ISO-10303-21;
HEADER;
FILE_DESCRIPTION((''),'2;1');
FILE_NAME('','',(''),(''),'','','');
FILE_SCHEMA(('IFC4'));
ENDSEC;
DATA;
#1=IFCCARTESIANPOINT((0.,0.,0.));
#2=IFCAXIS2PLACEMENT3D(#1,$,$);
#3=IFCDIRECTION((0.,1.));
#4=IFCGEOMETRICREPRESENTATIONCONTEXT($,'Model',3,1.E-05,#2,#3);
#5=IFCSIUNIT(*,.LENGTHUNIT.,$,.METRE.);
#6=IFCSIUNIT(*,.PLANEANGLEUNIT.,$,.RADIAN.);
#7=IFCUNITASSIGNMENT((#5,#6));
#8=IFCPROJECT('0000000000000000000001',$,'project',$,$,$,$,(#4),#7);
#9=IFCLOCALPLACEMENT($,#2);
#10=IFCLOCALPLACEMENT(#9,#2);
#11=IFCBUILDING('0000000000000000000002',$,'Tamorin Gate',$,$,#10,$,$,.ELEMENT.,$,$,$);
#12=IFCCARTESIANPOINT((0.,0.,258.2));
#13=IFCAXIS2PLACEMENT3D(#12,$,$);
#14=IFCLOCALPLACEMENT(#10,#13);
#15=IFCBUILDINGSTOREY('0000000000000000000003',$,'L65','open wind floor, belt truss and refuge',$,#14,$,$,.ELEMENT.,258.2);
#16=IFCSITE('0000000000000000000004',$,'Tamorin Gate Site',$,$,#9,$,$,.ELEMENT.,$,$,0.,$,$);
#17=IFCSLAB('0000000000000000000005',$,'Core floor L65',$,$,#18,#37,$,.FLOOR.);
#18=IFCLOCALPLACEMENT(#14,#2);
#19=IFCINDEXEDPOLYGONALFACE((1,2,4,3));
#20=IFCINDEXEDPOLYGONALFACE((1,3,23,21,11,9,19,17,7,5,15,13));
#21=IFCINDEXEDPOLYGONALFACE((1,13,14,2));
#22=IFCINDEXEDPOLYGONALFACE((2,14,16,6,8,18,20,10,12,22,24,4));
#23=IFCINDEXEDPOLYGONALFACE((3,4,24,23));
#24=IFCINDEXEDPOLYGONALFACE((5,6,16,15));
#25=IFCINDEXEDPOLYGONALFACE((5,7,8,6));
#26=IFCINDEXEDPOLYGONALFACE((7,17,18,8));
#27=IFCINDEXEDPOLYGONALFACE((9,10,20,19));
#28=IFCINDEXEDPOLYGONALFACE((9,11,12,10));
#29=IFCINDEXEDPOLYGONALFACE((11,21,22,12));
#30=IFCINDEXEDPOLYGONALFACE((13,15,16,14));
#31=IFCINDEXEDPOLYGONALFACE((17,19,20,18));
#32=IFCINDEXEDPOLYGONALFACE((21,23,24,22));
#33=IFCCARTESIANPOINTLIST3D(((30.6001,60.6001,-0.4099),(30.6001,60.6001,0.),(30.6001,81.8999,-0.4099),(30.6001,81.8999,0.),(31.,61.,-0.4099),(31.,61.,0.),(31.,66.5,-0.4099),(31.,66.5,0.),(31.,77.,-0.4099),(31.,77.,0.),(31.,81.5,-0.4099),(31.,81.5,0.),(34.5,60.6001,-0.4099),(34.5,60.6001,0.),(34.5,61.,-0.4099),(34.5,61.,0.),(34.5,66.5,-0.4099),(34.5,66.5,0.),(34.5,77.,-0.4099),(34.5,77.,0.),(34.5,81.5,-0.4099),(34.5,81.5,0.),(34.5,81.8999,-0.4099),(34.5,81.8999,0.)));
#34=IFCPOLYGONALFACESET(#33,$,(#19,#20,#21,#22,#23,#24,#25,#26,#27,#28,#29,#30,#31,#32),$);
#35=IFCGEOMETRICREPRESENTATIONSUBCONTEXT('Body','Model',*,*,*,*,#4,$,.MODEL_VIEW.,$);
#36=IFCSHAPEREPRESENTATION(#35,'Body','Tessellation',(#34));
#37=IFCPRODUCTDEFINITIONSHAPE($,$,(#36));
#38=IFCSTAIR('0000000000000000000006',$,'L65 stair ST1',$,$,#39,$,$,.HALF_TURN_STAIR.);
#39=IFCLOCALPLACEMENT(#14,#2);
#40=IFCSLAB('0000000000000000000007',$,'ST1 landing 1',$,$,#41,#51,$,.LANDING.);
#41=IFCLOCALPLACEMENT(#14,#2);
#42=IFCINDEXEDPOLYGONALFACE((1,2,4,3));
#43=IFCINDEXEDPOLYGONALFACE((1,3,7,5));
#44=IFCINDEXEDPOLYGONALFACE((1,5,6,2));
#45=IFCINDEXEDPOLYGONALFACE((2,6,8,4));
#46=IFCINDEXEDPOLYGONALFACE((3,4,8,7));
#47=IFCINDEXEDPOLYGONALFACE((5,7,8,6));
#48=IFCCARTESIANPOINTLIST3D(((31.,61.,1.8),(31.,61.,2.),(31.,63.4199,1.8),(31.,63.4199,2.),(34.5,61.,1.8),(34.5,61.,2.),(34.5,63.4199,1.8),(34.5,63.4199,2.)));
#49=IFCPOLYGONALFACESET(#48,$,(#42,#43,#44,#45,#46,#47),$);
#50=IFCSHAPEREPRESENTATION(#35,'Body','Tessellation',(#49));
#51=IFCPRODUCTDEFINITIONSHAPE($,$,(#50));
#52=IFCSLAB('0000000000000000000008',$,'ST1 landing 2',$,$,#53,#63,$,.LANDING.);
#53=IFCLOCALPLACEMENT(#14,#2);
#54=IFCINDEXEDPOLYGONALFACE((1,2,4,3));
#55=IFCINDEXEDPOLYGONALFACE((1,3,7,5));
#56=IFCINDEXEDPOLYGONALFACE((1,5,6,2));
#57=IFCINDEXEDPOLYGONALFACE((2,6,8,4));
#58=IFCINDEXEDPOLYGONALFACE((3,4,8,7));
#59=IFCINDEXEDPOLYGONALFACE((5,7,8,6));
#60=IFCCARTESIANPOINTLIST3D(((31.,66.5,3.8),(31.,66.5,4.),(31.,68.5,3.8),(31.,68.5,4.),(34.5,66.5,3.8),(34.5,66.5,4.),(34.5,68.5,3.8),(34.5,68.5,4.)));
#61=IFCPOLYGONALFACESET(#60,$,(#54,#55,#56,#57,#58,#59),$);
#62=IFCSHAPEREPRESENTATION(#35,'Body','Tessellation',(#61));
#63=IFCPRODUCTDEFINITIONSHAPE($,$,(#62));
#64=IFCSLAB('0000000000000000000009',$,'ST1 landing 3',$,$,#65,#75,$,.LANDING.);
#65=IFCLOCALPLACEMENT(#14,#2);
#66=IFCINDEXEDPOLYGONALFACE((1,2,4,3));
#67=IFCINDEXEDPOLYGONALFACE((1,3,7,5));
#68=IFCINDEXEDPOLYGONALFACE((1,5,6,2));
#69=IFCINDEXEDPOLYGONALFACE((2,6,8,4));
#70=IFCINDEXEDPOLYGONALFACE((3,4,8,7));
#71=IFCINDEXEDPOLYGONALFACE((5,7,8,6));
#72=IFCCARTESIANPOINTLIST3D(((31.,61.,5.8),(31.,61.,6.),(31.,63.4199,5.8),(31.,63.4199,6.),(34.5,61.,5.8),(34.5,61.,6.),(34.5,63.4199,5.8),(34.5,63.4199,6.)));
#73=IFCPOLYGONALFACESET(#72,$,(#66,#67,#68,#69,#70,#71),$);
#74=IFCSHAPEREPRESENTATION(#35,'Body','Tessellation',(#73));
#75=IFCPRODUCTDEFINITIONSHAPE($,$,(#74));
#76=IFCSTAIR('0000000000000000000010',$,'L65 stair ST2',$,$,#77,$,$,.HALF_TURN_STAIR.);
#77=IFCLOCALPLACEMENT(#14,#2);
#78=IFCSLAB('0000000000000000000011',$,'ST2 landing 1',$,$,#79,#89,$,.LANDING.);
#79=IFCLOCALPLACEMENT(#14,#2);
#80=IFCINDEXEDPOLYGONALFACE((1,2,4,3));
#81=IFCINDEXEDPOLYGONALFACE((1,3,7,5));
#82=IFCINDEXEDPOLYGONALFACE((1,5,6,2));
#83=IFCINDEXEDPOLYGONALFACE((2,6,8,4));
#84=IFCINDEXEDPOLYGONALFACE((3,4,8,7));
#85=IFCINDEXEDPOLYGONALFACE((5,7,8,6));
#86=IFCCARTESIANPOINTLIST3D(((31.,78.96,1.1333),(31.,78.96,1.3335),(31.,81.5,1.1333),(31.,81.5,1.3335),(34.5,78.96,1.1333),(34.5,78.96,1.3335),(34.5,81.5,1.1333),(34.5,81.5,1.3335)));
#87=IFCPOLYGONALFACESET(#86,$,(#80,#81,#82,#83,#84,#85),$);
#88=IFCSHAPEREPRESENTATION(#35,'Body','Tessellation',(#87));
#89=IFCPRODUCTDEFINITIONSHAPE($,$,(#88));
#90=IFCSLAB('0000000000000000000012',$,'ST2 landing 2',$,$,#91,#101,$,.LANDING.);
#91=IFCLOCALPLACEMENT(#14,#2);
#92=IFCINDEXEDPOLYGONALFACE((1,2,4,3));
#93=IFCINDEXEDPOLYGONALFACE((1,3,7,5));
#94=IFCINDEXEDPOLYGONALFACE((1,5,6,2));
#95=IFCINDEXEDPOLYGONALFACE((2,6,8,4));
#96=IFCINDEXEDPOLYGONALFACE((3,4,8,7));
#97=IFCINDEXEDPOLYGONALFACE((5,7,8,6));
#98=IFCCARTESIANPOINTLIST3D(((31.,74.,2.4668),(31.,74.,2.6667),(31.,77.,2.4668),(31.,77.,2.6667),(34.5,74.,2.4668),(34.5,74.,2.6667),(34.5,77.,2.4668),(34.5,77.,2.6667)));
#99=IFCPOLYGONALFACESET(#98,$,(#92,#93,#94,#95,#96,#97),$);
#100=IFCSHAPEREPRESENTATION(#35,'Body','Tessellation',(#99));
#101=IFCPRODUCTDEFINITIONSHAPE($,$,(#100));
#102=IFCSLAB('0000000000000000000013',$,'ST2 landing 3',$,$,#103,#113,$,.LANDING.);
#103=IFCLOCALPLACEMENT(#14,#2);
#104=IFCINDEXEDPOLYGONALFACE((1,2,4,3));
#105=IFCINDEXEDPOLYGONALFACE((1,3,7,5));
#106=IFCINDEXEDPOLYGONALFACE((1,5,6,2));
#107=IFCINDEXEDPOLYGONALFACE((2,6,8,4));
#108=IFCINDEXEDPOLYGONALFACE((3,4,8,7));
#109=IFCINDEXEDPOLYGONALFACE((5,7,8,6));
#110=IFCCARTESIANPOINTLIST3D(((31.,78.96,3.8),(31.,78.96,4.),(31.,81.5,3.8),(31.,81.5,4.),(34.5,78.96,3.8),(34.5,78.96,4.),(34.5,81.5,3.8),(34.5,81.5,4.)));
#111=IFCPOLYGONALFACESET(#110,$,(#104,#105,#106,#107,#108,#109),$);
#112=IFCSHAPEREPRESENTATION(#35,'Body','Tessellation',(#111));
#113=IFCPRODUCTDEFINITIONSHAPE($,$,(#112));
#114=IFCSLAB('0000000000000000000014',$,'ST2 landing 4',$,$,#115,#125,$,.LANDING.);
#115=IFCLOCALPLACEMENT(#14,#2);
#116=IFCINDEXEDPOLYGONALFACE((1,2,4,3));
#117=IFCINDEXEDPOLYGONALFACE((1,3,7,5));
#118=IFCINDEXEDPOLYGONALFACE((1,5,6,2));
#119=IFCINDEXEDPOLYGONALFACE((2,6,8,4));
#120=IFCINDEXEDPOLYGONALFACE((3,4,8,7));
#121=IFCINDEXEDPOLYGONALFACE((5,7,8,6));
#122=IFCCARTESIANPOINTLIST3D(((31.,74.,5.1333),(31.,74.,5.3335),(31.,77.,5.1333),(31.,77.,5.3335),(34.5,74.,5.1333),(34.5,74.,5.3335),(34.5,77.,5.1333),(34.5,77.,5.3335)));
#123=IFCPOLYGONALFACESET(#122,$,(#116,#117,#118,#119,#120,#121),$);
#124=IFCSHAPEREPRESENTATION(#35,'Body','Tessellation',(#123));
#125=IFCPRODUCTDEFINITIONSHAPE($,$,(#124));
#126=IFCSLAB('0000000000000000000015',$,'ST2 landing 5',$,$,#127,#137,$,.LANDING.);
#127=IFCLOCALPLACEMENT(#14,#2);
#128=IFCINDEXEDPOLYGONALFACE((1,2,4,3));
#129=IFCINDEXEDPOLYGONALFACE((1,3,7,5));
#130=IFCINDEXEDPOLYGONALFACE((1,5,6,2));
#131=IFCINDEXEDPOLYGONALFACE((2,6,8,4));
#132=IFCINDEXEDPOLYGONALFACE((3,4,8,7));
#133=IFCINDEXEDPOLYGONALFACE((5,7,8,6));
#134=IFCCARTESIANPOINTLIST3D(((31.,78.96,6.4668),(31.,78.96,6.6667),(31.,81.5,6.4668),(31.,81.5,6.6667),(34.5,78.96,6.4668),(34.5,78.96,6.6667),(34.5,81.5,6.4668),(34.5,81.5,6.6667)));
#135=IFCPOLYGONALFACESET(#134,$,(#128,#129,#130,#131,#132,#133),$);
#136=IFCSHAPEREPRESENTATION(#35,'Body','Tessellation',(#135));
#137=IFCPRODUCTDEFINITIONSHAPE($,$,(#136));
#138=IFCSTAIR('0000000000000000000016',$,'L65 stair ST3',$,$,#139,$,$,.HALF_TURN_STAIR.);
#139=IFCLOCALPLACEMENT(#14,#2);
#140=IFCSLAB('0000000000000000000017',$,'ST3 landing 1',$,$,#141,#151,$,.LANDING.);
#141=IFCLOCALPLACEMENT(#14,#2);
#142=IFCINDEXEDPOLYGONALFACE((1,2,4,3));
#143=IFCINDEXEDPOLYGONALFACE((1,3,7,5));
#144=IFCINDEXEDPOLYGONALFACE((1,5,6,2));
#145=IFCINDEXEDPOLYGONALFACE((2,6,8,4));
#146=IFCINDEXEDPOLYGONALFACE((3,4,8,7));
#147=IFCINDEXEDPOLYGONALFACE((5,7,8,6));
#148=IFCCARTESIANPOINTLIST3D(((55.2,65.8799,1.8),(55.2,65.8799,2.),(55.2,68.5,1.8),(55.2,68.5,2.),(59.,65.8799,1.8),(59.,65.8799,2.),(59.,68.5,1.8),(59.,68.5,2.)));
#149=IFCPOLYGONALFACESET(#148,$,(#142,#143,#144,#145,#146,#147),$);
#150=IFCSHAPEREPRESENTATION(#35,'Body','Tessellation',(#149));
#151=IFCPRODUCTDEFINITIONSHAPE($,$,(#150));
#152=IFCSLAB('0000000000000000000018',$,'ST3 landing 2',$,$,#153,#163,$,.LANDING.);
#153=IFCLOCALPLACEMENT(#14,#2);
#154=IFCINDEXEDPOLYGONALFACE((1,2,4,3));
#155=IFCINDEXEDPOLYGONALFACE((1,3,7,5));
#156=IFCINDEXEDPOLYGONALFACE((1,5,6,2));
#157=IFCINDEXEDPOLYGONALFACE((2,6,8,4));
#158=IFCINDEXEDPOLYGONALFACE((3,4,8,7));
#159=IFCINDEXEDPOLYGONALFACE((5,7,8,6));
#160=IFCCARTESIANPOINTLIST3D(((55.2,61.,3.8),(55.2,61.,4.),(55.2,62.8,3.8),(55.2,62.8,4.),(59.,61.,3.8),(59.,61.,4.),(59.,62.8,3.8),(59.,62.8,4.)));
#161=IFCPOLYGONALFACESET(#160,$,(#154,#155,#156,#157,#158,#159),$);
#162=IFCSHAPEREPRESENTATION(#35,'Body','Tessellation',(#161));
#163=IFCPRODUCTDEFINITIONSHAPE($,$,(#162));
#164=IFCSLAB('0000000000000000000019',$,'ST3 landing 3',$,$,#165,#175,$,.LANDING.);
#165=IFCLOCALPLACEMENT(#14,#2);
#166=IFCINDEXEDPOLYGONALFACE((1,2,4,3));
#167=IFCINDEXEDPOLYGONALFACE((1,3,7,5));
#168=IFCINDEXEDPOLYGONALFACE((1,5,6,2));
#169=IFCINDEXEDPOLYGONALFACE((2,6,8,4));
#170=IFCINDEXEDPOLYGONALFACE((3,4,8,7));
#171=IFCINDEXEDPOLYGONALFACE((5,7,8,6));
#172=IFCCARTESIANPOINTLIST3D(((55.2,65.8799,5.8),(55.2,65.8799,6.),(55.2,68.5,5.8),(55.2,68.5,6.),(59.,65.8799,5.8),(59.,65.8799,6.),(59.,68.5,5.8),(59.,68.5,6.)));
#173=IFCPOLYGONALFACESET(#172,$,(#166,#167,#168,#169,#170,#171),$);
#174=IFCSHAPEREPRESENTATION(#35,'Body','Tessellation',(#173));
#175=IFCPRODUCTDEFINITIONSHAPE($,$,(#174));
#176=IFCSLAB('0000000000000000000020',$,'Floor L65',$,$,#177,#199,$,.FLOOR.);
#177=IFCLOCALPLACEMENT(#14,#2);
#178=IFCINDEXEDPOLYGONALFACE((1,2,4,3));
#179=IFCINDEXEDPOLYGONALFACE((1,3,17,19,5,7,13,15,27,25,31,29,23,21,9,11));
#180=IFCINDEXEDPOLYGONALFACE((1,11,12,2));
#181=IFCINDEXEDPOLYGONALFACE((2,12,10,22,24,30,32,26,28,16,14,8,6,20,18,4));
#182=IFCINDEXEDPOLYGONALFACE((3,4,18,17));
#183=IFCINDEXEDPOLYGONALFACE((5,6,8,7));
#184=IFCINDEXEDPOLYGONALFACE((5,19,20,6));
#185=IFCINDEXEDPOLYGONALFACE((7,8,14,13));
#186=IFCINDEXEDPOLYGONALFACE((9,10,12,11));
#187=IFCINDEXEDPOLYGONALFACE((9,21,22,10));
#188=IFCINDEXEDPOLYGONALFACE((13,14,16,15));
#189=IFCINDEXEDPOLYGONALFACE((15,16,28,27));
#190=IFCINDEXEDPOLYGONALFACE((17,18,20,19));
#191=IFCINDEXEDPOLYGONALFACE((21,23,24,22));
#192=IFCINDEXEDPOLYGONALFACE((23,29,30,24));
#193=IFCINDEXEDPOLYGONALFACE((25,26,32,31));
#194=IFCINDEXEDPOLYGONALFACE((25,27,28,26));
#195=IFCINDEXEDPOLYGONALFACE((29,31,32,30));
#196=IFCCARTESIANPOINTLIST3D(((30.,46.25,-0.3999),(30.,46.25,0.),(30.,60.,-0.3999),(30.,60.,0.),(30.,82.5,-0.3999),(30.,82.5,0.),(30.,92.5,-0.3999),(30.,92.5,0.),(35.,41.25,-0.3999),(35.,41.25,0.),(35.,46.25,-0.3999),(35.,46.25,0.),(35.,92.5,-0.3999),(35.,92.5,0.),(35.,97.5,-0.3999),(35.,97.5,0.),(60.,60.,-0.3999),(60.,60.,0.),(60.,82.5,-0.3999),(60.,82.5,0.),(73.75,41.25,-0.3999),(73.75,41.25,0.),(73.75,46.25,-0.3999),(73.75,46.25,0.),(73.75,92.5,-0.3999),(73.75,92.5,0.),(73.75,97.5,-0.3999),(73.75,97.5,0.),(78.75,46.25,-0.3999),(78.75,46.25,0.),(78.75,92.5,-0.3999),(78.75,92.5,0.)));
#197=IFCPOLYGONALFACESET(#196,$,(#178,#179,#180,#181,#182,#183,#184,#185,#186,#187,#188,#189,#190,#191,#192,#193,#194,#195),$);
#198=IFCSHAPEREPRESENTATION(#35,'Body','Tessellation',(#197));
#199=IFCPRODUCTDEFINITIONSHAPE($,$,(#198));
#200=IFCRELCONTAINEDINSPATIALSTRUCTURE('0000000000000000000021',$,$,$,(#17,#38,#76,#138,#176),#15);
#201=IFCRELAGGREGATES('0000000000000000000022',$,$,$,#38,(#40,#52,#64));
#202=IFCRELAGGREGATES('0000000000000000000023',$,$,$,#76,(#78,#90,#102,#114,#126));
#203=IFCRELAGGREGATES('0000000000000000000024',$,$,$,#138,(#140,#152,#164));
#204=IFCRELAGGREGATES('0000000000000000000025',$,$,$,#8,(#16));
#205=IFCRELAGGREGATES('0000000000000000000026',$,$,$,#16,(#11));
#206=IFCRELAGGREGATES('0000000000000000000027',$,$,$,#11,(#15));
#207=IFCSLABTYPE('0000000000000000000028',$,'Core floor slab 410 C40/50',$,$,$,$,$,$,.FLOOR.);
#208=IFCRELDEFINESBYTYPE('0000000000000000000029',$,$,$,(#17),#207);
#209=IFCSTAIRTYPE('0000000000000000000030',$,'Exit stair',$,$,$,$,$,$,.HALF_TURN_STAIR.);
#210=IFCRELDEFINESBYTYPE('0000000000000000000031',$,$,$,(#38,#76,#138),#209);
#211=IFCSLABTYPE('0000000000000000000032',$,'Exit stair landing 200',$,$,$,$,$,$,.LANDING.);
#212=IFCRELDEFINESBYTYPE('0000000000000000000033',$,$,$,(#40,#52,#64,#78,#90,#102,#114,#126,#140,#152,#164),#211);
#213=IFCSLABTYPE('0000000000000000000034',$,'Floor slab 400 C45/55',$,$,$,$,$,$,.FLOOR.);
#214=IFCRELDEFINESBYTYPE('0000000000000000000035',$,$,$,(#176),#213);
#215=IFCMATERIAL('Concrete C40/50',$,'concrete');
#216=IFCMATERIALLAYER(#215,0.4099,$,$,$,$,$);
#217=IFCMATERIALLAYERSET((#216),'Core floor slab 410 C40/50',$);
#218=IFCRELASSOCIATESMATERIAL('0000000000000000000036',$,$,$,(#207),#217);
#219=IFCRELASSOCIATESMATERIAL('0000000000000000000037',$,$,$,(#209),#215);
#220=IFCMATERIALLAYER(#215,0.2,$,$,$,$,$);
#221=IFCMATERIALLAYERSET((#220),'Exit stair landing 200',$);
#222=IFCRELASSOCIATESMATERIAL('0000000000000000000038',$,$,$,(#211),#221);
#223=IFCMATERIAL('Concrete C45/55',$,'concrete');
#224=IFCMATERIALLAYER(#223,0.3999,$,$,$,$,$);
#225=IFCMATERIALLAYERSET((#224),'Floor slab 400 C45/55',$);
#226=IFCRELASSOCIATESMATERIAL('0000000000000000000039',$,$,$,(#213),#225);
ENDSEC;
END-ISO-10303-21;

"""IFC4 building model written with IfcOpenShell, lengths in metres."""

from ifc_helpers import new_model, si_unit, direction, frame, origin, place, context, subcontext, project, spatial, polyline, outline, extrude, material, layer, layer_set, type_object, element, aggregate, save


model = new_model("IFC4")

# Units and contexts
model_context = context("Model", 3, precision=1e-05, world=origin(), true_north=direction((0.0, 1.0)))
body_context = subcontext(model_context, "Body", "Model", "MODEL_VIEW")
ifc_project = project(units=[si_unit("LENGTHUNIT", "METRE"), si_unit("PLANEANGLEUNIT", "RADIAN")], contexts=[model_context])

# Site, building, storey
site_placement = place(None, origin())
site = spatial("IfcSite", under=ifc_project, at=site_placement, Name="Tamorin Gate Site", CompositionType="ELEMENT", RefElevation=0.0)
building_placement = place(site_placement, origin())
building = spatial("IfcBuilding", under=site, at=building_placement, Name="Tamorin Gate", CompositionType="ELEMENT")
storey_placement = place(building_placement, frame((0.0, 0.0, 258.2)))
storey = spatial("IfcBuildingStorey", under=building, at=storey_placement, Name="L65", Description="open wind floor, belt truss and refuge", CompositionType="ELEMENT", Elevation=258.2)

# Slab
ifc_material_1 = material(Name="Concrete C40/50", Category="concrete")
ifc_layer_1 = layer(ifc_material_1, 0.4099)
ifc_layer_set_1 = layer_set([ifc_layer_1], Name="Core floor slab 410 C40/50")
slab_type_1 = type_object("IfcSlabType", Name="Core floor slab 410 C40/50", PredefinedType="FLOOR", material=ifc_layer_set_1)
slab_1_placement = place(storey_placement, frame((0.0, 0.0, -0.4099)))
element("IfcSlab", 1, at=slab_1_placement, inside=storey, type_object=slab_type_1, Name="Core floor L65", PredefinedType="FLOOR", context=body_context, shape_type="SweptSolid", body=[
    extrude(outline(polyline([(34.5, 60.6001), (30.6001, 60.6001), (30.6001, 81.8999), (34.5, 81.8999), (34.5, 81.5), (31.0, 81.5), (31.0, 77.0), (34.5, 77.0), (34.5, 66.5), (31.0, 66.5), (31.0, 61.0), (34.5, 61.0), (34.5, 60.6001)])), origin(), (0.0, 0.0, 1.0), 0.4099),
])

# Stairs, slabs
stair_type = type_object("IfcStairType", Name="Exit stair", PredefinedType="HALF_TURN_STAIR", material=ifc_material_1)
stair_1_placement = place(storey_placement, origin())
stair_1 = element("IfcStair", 2, at=stair_1_placement, inside=storey, type_object=stair_type, Name="L65 stair ST1", PredefinedType="HALF_TURN_STAIR")
ifc_layer_2 = layer(ifc_material_1, 0.2)
ifc_layer_set_2 = layer_set([ifc_layer_2], Name="Exit stair landing 200")
slab_type_2 = type_object("IfcSlabType", Name="Exit stair landing 200", PredefinedType="LANDING", material=ifc_layer_set_2)
slab_2_placement = place(storey_placement, frame((0.0, 0.0, 1.8)))
slab_2 = element("IfcSlab", 3, at=slab_2_placement, type_object=slab_type_2, Name="ST1 landing 1", PredefinedType="LANDING", context=body_context, shape_type="SweptSolid", body=[
    extrude(outline(polyline([(31.0, 63.4199), (31.0, 61.0), (34.5, 61.0), (34.5, 63.4199), (31.0, 63.4199)])), origin(), (0.0, 0.0, 1.0), 0.2),
])
slab_3_placement = place(storey_placement, frame((0.0, 0.0, 3.8)))
slab_3 = element("IfcSlab", 4, at=slab_3_placement, type_object=slab_type_2, Name="ST1 landing 2", PredefinedType="LANDING", context=body_context, shape_type="SweptSolid", body=[
    extrude(outline(polyline([(31.0, 68.5), (31.0, 66.5), (34.5, 66.5), (34.5, 68.5), (31.0, 68.5)])), origin(), (0.0, 0.0, 1.0), 0.2),
])
slab_4_placement = place(storey_placement, frame((0.0, 0.0, 5.8)))
slab_4 = element("IfcSlab", 5, at=slab_4_placement, type_object=slab_type_2, Name="ST1 landing 3", PredefinedType="LANDING", context=body_context, shape_type="SweptSolid", body=[
    extrude(outline(polyline([(31.0, 63.4199), (31.0, 61.0), (34.5, 61.0), (34.5, 63.4199), (31.0, 63.4199)])), origin(), (0.0, 0.0, 1.0), 0.2),
])
aggregate(stair_1, [slab_2, slab_3, slab_4])
stair_2_placement = place(storey_placement, origin())
stair_2 = element("IfcStair", 6, at=stair_2_placement, inside=storey, type_object=stair_type, Name="L65 stair ST2", PredefinedType="HALF_TURN_STAIR")
slab_5_placement = place(storey_placement, frame((0.0, 0.0, 1.1333)))
slab_5 = element("IfcSlab", 7, at=slab_5_placement, type_object=slab_type_2, Name="ST2 landing 1", PredefinedType="LANDING", context=body_context, shape_type="SweptSolid", body=[
    extrude(outline(polyline([(34.5, 78.96), (34.5, 81.5), (31.0, 81.5), (31.0, 78.96), (34.5, 78.96)])), origin(), (0.0, 0.0, 1.0), 0.2002),
])
slab_6_placement = place(storey_placement, frame((0.0, 0.0, 2.4668)))
slab_6 = element("IfcSlab", 8, at=slab_6_placement, type_object=slab_type_2, Name="ST2 landing 2", PredefinedType="LANDING", context=body_context, shape_type="SweptSolid", body=[
    extrude(outline(polyline([(34.5, 74.0), (34.5, 77.0), (31.0, 77.0), (31.0, 74.0), (34.5, 74.0)])), origin(), (0.0, 0.0, 1.0), 0.2),
])
slab_7_placement = place(storey_placement, frame((0.0, 0.0, 3.8)))
slab_7 = element("IfcSlab", 9, at=slab_7_placement, type_object=slab_type_2, Name="ST2 landing 3", PredefinedType="LANDING", context=body_context, shape_type="SweptSolid", body=[
    extrude(outline(polyline([(34.5, 78.96), (34.5, 81.5), (31.0, 81.5), (31.0, 78.96), (34.5, 78.96)])), origin(), (0.0, 0.0, 1.0), 0.2),
])
slab_8_placement = place(storey_placement, frame((0.0, 0.0, 5.1333)))
slab_8 = element("IfcSlab", 10, at=slab_8_placement, type_object=slab_type_2, Name="ST2 landing 4", PredefinedType="LANDING", context=body_context, shape_type="SweptSolid", body=[
    extrude(outline(polyline([(34.5, 74.0), (34.5, 77.0), (31.0, 77.0), (31.0, 74.0), (34.5, 74.0)])), origin(), (0.0, 0.0, 1.0), 0.2002),
])
slab_9_placement = place(storey_placement, frame((0.0, 0.0, 6.4668)))
slab_9 = element("IfcSlab", 11, at=slab_9_placement, type_object=slab_type_2, Name="ST2 landing 5", PredefinedType="LANDING", context=body_context, shape_type="SweptSolid", body=[
    extrude(outline(polyline([(34.5, 78.96), (34.5, 81.5), (31.0, 81.5), (31.0, 78.96), (34.5, 78.96)])), origin(), (0.0, 0.0, 1.0), 0.2),
])
aggregate(stair_2, [slab_5, slab_6, slab_7, slab_8, slab_9])
stair_3_placement = place(storey_placement, origin())
stair_3 = element("IfcStair", 12, at=stair_3_placement, inside=storey, type_object=stair_type, Name="L65 stair ST3", PredefinedType="HALF_TURN_STAIR")
slab_10_placement = place(storey_placement, frame((0.0, 0.0, 1.8)))
slab_10 = element("IfcSlab", 13, at=slab_10_placement, type_object=slab_type_2, Name="ST3 landing 1", PredefinedType="LANDING", context=body_context, shape_type="SweptSolid", body=[
    extrude(outline(polyline([(59.0, 65.8799), (59.0, 68.5), (55.2, 68.5), (55.2, 65.8799), (59.0, 65.8799)])), origin(), (0.0, 0.0, 1.0), 0.2),
])
slab_11_placement = place(storey_placement, frame((0.0, 0.0, 3.8)))
slab_11 = element("IfcSlab", 14, at=slab_11_placement, type_object=slab_type_2, Name="ST3 landing 2", PredefinedType="LANDING", context=body_context, shape_type="SweptSolid", body=[
    extrude(outline(polyline([(59.0, 61.0), (59.0, 62.8), (55.2, 62.8), (55.2, 61.0), (59.0, 61.0)])), origin(), (0.0, 0.0, 1.0), 0.2),
])
slab_12_placement = place(storey_placement, frame((0.0, 0.0, 5.8)))
slab_12 = element("IfcSlab", 15, at=slab_12_placement, type_object=slab_type_2, Name="ST3 landing 3", PredefinedType="LANDING", context=body_context, shape_type="SweptSolid", body=[
    extrude(outline(polyline([(59.0, 65.8799), (59.0, 68.5), (55.2, 68.5), (55.2, 65.8799), (59.0, 65.8799)])), origin(), (0.0, 0.0, 1.0), 0.2),
])
aggregate(stair_3, [slab_10, slab_11, slab_12])

# Slab
ifc_material_2 = material(Name="Concrete C45/55", Category="concrete")
ifc_layer_3 = layer(ifc_material_2, 0.3999)
ifc_layer_set_3 = layer_set([ifc_layer_3], Name="Floor slab 400 C45/55")
slab_type_3 = type_object("IfcSlabType", Name="Floor slab 400 C45/55", PredefinedType="FLOOR", material=ifc_layer_set_3)
slab_13_placement = place(storey_placement, frame((0.0, 0.0, -0.3999)))
element("IfcSlab", 16, at=slab_13_placement, inside=storey, type_object=slab_type_3, Name="Floor L65", PredefinedType="FLOOR", context=body_context, shape_type="SweptSolid", body=[
    extrude(outline(polyline([(30.0, 92.5), (35.0, 92.5), (35.0, 97.5), (73.75, 97.5), (73.75, 92.5), (78.75, 92.5), (78.75, 46.25), (73.75, 46.25), (73.75, 41.25), (35.0, 41.25), (35.0, 46.25), (30.0, 46.25), (30.0, 60.0), (60.0, 60.0), (60.0, 82.5), (30.0, 82.5), (30.0, 92.5)])), origin(), (0.0, 0.0, 1.0), 0.3999),
])

save(model, "model.ifc")
